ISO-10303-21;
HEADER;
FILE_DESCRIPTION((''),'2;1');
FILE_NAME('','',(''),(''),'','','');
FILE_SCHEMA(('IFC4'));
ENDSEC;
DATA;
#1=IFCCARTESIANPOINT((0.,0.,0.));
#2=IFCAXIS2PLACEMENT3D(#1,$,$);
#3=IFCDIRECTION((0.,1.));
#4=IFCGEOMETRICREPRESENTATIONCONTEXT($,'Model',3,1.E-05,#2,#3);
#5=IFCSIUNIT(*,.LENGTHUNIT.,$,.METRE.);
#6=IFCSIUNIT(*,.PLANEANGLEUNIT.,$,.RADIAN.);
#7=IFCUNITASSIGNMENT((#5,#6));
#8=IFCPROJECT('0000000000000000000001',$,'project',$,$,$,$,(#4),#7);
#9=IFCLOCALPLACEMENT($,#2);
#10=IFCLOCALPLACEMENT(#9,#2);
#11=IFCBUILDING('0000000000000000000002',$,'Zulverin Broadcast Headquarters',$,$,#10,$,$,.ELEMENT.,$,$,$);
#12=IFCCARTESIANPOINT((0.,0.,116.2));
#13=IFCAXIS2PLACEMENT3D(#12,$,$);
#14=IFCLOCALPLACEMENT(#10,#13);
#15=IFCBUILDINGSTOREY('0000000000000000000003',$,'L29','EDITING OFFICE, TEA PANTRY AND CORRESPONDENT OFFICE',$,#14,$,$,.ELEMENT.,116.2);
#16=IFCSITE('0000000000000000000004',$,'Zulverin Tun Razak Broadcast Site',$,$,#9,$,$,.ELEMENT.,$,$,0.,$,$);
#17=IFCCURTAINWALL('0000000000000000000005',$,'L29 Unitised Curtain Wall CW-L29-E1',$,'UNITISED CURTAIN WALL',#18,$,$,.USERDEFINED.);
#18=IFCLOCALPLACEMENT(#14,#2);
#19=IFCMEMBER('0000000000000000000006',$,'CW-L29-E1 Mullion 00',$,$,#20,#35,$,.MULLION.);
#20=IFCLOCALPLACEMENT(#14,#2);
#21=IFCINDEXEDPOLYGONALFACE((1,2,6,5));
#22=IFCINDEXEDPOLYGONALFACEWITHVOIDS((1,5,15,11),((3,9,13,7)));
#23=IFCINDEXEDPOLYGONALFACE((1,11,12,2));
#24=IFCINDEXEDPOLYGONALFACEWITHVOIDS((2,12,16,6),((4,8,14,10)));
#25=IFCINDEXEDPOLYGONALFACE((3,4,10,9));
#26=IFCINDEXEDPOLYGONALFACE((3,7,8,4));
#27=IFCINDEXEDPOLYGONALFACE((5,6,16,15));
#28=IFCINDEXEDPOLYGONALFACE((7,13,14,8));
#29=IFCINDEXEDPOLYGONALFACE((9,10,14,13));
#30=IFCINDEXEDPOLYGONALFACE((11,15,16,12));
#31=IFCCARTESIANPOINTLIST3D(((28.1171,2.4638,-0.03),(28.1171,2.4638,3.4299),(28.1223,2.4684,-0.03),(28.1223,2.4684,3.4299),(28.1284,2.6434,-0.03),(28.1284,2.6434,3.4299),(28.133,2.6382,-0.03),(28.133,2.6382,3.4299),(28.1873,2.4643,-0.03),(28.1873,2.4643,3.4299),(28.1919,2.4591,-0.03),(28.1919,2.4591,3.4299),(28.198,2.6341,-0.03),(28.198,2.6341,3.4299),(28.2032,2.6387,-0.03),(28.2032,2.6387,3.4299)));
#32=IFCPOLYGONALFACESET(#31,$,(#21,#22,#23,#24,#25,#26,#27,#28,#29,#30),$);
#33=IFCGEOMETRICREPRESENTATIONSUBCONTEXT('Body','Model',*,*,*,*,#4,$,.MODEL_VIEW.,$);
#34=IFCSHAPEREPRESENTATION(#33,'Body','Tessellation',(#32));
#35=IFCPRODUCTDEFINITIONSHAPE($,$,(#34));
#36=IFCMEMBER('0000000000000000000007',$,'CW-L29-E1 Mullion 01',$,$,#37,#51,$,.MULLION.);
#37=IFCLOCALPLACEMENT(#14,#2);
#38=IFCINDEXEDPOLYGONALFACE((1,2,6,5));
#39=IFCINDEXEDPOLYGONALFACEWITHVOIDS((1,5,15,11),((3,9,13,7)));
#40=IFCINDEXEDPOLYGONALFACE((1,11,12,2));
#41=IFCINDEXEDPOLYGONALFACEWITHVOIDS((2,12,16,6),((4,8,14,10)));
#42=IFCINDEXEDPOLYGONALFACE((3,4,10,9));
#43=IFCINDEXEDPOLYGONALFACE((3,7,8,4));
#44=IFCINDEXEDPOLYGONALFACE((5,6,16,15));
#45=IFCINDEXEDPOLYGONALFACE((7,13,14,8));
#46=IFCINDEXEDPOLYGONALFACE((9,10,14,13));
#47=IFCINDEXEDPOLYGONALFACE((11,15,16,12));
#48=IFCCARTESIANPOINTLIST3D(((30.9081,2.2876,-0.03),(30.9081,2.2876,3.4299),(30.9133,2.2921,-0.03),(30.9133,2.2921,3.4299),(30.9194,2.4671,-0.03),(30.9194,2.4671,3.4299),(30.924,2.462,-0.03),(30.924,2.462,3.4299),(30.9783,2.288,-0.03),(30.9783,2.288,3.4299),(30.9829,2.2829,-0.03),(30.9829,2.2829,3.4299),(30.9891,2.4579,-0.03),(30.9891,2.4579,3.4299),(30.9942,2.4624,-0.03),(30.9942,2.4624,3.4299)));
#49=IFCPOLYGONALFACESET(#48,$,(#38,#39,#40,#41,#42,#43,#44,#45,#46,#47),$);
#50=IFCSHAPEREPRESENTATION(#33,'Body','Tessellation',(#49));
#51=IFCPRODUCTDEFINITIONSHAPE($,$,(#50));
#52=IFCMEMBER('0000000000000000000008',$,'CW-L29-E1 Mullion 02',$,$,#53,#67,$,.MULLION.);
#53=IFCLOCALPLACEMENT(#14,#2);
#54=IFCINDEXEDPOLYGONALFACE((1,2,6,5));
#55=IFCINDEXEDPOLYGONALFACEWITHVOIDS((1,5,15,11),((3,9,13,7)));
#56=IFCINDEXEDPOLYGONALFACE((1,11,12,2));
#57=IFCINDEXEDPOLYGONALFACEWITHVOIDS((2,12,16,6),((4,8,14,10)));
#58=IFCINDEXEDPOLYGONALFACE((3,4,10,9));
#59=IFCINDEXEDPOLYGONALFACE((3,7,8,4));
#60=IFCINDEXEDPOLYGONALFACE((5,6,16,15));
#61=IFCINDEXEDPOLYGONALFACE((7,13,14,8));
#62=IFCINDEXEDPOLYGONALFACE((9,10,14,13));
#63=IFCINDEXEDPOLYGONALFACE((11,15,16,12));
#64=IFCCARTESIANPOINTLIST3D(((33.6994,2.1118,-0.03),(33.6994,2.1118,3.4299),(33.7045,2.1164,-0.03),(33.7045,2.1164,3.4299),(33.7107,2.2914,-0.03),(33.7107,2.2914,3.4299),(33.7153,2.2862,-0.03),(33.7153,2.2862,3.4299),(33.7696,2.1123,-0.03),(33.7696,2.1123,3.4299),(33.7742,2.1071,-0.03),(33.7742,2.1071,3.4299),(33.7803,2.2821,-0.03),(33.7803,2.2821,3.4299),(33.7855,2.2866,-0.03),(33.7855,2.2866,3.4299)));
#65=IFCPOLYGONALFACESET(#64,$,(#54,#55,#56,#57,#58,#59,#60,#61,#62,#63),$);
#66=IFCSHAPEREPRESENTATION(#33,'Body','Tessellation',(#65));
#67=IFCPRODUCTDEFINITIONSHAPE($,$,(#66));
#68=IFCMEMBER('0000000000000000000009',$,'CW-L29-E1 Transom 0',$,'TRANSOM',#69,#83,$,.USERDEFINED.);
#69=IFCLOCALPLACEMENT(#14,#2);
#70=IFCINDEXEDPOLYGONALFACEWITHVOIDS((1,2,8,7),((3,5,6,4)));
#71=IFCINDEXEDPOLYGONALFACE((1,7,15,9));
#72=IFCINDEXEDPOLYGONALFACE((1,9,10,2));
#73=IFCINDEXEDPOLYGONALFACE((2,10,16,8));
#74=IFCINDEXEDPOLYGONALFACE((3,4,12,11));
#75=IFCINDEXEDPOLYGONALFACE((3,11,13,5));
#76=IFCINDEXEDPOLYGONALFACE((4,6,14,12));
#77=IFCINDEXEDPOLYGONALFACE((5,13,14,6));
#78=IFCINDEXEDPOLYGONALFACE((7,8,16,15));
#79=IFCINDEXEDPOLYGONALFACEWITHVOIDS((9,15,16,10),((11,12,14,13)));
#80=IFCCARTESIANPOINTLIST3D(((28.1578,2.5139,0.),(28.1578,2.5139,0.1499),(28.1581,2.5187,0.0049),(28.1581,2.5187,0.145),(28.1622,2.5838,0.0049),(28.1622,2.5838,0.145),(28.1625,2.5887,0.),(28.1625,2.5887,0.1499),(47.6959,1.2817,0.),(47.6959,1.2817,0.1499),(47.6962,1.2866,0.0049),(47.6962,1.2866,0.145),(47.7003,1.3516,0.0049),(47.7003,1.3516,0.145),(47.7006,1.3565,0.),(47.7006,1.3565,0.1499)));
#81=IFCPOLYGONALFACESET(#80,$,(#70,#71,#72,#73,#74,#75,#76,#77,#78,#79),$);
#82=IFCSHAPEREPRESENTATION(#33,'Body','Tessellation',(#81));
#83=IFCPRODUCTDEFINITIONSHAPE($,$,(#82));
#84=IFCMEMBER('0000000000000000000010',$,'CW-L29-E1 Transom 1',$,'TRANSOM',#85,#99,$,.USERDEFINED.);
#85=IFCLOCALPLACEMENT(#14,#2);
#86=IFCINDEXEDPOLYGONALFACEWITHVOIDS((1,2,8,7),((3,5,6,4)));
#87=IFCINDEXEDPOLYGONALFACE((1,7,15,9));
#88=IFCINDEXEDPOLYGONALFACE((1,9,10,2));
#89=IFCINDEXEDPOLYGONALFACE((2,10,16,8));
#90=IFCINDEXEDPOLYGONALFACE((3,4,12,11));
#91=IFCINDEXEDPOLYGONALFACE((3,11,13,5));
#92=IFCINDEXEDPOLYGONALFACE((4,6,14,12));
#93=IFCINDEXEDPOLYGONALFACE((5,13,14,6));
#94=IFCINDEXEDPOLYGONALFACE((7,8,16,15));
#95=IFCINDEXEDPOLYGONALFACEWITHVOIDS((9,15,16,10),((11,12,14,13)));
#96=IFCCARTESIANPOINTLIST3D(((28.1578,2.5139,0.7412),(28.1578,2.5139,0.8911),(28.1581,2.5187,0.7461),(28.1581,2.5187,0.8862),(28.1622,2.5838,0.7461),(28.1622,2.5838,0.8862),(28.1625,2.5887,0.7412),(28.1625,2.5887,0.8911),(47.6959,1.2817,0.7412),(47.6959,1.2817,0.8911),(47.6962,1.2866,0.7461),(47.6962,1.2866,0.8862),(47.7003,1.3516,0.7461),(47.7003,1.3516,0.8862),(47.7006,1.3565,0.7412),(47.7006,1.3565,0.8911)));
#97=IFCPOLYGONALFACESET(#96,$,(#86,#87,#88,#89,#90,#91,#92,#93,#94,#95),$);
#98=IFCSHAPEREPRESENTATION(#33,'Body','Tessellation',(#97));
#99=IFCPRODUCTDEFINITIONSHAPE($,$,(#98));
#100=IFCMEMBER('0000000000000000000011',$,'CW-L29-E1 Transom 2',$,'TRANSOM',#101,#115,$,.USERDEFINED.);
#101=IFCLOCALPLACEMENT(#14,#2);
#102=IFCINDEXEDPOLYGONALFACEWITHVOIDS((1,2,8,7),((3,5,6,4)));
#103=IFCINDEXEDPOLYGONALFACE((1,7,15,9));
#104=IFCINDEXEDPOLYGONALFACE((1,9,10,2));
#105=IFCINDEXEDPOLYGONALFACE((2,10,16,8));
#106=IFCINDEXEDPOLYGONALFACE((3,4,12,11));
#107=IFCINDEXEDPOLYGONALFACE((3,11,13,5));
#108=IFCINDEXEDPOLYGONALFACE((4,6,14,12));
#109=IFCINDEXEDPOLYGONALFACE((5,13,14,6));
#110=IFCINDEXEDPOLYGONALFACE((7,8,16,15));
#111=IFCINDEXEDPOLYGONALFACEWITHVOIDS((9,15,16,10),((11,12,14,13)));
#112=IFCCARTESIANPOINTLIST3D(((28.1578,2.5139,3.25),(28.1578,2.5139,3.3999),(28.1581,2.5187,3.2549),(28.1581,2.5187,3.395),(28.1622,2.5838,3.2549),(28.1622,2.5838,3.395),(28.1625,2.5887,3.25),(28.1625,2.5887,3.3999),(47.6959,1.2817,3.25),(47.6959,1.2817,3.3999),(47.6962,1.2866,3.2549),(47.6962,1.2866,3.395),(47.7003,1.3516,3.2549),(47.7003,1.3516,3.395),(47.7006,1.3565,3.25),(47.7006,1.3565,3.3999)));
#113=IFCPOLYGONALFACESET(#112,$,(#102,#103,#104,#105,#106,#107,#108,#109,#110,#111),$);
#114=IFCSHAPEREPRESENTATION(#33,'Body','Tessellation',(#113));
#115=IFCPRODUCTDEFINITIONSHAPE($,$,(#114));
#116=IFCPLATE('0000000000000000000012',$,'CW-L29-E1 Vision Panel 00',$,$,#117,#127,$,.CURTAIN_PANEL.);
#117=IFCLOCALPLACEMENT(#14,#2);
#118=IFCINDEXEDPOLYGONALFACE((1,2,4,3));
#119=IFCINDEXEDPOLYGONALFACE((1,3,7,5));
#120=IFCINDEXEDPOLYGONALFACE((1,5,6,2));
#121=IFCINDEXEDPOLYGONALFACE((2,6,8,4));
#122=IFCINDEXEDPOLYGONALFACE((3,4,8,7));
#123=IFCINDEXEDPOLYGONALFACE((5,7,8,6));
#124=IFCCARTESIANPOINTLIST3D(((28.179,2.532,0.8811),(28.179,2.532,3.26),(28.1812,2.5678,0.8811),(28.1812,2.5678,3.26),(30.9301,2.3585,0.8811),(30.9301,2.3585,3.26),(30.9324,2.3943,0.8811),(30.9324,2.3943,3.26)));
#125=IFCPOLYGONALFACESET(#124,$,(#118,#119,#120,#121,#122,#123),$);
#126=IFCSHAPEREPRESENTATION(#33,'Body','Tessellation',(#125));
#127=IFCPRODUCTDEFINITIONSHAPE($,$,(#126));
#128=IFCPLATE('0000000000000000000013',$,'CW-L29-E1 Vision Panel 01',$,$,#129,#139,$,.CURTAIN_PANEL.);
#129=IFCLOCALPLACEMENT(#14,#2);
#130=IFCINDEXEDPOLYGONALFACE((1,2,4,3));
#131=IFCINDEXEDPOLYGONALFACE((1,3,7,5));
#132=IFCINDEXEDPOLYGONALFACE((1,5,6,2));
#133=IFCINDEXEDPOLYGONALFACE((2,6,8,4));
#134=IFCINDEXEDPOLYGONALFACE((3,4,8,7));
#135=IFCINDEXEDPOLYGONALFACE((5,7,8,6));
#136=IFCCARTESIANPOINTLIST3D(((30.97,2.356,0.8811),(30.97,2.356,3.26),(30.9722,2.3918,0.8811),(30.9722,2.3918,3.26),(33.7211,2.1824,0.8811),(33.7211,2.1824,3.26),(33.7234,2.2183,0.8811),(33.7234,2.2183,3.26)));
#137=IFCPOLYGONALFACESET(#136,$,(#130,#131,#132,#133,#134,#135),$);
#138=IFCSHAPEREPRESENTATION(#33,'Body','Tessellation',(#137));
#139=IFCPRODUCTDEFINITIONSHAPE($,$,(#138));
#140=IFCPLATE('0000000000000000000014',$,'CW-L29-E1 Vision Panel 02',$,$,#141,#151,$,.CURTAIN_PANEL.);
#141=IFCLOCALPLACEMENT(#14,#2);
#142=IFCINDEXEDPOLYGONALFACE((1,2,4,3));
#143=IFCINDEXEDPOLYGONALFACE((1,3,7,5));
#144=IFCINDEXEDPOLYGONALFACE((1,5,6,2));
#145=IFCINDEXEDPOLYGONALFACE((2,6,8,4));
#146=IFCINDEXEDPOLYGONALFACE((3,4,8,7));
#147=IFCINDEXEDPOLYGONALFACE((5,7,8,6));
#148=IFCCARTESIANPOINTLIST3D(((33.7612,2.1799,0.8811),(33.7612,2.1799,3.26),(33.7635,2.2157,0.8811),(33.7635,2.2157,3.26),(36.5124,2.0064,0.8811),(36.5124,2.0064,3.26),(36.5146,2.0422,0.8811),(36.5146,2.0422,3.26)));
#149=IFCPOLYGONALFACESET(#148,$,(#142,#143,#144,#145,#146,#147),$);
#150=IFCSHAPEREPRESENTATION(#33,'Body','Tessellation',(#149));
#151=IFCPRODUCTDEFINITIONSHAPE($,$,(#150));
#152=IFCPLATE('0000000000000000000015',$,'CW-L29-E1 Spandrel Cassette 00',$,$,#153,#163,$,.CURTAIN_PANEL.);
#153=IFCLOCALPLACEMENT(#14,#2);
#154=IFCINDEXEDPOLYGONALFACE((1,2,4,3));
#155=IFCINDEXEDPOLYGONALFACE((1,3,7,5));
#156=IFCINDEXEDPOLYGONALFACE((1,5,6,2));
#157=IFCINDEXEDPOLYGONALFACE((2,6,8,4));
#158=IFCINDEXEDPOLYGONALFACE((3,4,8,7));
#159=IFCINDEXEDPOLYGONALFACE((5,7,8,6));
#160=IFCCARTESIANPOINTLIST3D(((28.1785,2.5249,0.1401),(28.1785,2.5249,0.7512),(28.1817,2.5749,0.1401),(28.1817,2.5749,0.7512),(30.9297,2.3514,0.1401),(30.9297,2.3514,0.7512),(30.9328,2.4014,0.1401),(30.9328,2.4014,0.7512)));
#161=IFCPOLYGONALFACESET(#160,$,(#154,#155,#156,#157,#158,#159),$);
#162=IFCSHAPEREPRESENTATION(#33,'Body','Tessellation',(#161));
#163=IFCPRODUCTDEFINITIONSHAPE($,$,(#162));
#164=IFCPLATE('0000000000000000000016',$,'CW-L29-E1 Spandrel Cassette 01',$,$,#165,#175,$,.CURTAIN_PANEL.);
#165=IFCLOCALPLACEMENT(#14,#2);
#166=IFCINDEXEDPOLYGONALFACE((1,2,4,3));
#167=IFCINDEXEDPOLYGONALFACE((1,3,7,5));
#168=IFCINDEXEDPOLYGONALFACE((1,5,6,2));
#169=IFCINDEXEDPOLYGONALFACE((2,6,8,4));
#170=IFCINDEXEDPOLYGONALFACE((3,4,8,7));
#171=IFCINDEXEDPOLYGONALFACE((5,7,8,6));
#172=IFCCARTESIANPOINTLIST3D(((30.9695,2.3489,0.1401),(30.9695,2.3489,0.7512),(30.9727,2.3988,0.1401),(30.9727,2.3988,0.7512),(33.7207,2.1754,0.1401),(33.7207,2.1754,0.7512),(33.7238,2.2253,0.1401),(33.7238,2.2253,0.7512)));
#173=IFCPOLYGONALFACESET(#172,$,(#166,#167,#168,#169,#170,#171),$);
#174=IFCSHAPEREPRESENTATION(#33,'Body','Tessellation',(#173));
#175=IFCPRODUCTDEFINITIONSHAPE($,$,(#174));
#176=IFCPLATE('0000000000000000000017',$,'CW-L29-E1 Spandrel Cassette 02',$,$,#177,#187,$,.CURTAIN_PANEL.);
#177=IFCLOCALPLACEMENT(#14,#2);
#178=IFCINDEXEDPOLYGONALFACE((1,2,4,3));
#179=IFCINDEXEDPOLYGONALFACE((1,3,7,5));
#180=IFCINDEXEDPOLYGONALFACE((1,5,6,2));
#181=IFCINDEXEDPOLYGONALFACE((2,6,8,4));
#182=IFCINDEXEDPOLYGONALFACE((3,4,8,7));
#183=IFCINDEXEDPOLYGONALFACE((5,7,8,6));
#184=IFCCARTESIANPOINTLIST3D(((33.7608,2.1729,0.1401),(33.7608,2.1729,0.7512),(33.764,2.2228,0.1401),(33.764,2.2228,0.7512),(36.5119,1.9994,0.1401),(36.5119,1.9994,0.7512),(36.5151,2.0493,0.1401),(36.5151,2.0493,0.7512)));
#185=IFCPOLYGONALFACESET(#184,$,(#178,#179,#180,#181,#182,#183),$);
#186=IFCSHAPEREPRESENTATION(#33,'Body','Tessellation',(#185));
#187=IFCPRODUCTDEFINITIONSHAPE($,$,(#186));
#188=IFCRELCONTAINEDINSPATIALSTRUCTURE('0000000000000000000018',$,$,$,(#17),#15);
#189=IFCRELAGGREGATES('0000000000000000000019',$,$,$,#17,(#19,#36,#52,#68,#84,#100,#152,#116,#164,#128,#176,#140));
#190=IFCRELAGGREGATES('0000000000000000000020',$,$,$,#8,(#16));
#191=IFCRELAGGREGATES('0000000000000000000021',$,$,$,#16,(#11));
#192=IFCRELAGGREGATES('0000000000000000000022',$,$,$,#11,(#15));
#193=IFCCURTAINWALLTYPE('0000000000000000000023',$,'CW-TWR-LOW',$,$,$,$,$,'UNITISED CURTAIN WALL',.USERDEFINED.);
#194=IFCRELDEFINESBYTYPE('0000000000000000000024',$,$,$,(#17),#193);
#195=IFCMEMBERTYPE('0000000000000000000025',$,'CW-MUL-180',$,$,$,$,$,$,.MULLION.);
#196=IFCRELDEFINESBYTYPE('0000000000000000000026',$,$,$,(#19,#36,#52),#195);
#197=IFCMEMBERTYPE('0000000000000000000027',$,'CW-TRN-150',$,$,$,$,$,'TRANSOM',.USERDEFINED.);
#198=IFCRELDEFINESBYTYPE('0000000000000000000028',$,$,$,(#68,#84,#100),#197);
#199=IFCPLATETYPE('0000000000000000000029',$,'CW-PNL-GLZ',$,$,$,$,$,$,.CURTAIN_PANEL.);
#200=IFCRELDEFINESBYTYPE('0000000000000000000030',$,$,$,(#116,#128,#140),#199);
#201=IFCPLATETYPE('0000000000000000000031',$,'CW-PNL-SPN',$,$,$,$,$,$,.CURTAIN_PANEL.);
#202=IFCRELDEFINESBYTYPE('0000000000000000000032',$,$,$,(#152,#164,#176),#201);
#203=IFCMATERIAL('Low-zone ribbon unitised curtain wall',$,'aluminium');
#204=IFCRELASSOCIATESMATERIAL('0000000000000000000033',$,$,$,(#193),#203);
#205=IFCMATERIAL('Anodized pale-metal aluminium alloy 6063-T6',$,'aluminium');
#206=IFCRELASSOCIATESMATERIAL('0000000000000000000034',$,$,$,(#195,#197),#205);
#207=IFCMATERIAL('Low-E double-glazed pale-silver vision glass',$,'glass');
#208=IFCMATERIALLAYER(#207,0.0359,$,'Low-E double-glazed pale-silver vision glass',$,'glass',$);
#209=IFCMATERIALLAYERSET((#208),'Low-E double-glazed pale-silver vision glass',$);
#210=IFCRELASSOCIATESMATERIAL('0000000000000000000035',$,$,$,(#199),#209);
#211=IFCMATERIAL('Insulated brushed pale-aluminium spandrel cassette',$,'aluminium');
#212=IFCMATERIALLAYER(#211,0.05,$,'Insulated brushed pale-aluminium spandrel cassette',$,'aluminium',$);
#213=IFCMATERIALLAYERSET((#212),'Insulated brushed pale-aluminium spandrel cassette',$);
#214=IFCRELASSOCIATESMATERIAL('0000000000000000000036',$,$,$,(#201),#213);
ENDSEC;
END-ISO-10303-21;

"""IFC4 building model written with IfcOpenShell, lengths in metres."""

from ifc_helpers import new_model, si_unit, direction, frame, origin, origin_2d, place, context, subcontext, project, spatial, rectangle, hollow_rectangle, extrude, material, layer, layer_set, material_profile, profile_set, type_object, element, aggregate, save


model = new_model("IFC4")

# Units and contexts
model_context = context("Model", 3, precision=1e-05, world=origin(), true_north=direction((0.0, 1.0)))
body_context = subcontext(model_context, "Body", "Model", "MODEL_VIEW")
ifc_project = project(units=[si_unit("LENGTHUNIT", "METRE"), si_unit("PLANEANGLEUNIT", "RADIAN")], contexts=[model_context])

# Site, building, storey
site_placement = place(None, origin())
site = spatial("IfcSite", under=ifc_project, at=site_placement, Name="Zulverin Tun Razak Broadcast Site", CompositionType="ELEMENT", RefElevation=0.0)
building_placement = place(site_placement, origin())
building = spatial("IfcBuilding", under=site, at=building_placement, Name="Zulverin Broadcast Headquarters", CompositionType="ELEMENT")
storey_placement = place(building_placement, frame((0.0, 0.0, 116.2)))
storey = spatial("IfcBuildingStorey", under=building, at=storey_placement, Name="L29", Description="EDITING OFFICE, TEA PANTRY AND CORRESPONDENT OFFICE", CompositionType="ELEMENT", Elevation=116.2)

# Curtain wall, members, plates
ifc_material_1 = material(Name="Low-zone ribbon unitised curtain wall", Category="aluminium")
curtain_wall_type = type_object("IfcCurtainWallType", Name="CW-TWR-LOW", ElementType="UNITISED CURTAIN WALL", PredefinedType="USERDEFINED", material=ifc_material_1)
curtain_wall_placement = place(storey_placement, origin())
curtain_wall = element("IfcCurtainWall", 1, at=curtain_wall_placement, inside=storey, type_object=curtain_wall_type, Name="L29 Unitised Curtain Wall CW-L29-E1", ObjectType="UNITISED CURTAIN WALL", PredefinedType="USERDEFINED")
ifc_material_2 = material(Name="Anodized pale-metal aluminium alloy 6063-T6", Category="aluminium")
ifc_material_profile_1 = material_profile(ifc_material_2, hollow_rectangle(XDim=0.075, YDim=0.1799, WallThickness=0.0049, at=origin_2d()), Name="Anodized pale-metal aluminium alloy 6063-T6", Category="aluminium")
ifc_profile_set_1 = profile_set([ifc_material_profile_1], Name="Anodized pale-metal aluminium alloy 6063-T6")
member_type_1 = type_object("IfcMemberType", Name="CW-MUL-180", PredefinedType="MULLION", material=ifc_profile_set_1)
member_1_placement = place(storey_placement, frame((28.1602, 2.5513, -0.03), z_axis=(0.0, 0.0, 1.0), x_axis=(0.998017, -0.062942, 0.0)))
member_1 = element("IfcMember", 2, at=member_1_placement, type_object=member_type_1, Name="CW-L29-E1 Mullion 00", PredefinedType="MULLION", context=body_context, shape_type="SweptSolid", body=[
    extrude(hollow_rectangle(XDim=0.075, YDim=0.1799, WallThickness=0.0049, at=origin_2d()), origin(), (0.0, 0.0, 1.0), 3.46),
])
member_2_placement = place(storey_placement, frame((30.9512, 2.375, -0.03), z_axis=(0.0, 0.0, 1.0), x_axis=(0.998017, -0.062942, 0.0)))
member_2 = element("IfcMember", 3, at=member_2_placement, type_object=member_type_1, Name="CW-L29-E1 Mullion 01", PredefinedType="MULLION", context=body_context, shape_type="SweptSolid", body=[
    extrude(hollow_rectangle(XDim=0.075, YDim=0.1799, WallThickness=0.0049, at=origin_2d()), origin(), (0.0, 0.0, 1.0), 3.46),
])
member_3_placement = place(storey_placement, frame((33.7424, 2.1992, -0.03), z_axis=(0.0, 0.0, 1.0), x_axis=(0.998017, -0.062942, 0.0)))
member_3 = element("IfcMember", 4, at=member_3_placement, type_object=member_type_1, Name="CW-L29-E1 Mullion 02", PredefinedType="MULLION", context=body_context, shape_type="SweptSolid", body=[
    extrude(hollow_rectangle(XDim=0.075, YDim=0.1799, WallThickness=0.0049, at=origin_2d()), origin(), (0.0, 0.0, 1.0), 3.46),
])
ifc_material_profile_2 = material_profile(ifc_material_2, hollow_rectangle(XDim=0.075, YDim=0.1499, WallThickness=0.0049, at=origin_2d()), Name="Anodized pale-metal aluminium alloy 6063-T6", Category="aluminium")
ifc_profile_set_2 = profile_set([ifc_material_profile_2], Name="Anodized pale-metal aluminium alloy 6063-T6")
member_type_2 = type_object("IfcMemberType", Name="CW-TRN-150", ElementType="TRANSOM", PredefinedType="USERDEFINED", material=ifc_profile_set_2)
member_4_placement = place(storey_placement, frame((28.1602, 2.5513, 0.075), z_axis=(0.998017, -0.06294, 0.0), x_axis=(0.06294, 0.998017, 0.0)))
member_4 = element("IfcMember", 5, at=member_4_placement, type_object=member_type_2, Name="CW-L29-E1 Transom 0", ObjectType="TRANSOM", PredefinedType="USERDEFINED", context=body_context, shape_type="SweptSolid", body=[
    extrude(hollow_rectangle(XDim=0.075, YDim=0.1499, WallThickness=0.0049, at=origin_2d()), origin(), (0.0, 0.0, 1.0), 19.5769),
])
member_5_placement = place(storey_placement, frame((28.1602, 2.5513, 0.8162), z_axis=(0.998017, -0.06294, 0.0), x_axis=(0.06294, 0.998017, 0.0)))
member_5 = element("IfcMember", 6, at=member_5_placement, type_object=member_type_2, Name="CW-L29-E1 Transom 1", ObjectType="TRANSOM", PredefinedType="USERDEFINED", context=body_context, shape_type="SweptSolid", body=[
    extrude(hollow_rectangle(XDim=0.075, YDim=0.1499, WallThickness=0.0049, at=origin_2d()), origin(), (0.0, 0.0, 1.0), 19.5769),
])
member_6_placement = place(storey_placement, frame((28.1602, 2.5513, 3.325), z_axis=(0.998017, -0.06294, 0.0), x_axis=(0.06294, 0.998017, 0.0)))
member_6 = element("IfcMember", 7, at=member_6_placement, type_object=member_type_2, Name="CW-L29-E1 Transom 2", ObjectType="TRANSOM", PredefinedType="USERDEFINED", context=body_context, shape_type="SweptSolid", body=[
    extrude(hollow_rectangle(XDim=0.075, YDim=0.1499, WallThickness=0.0049, at=origin_2d()), origin(), (0.0, 0.0, 1.0), 19.5769),
])
ifc_material_3 = material(Name="Low-E double-glazed pale-silver vision glass", Category="glass")
ifc_layer_1 = layer(ifc_material_3, 0.0359, Name="Low-E double-glazed pale-silver vision glass", Category="glass")
ifc_layer_set_1 = layer_set([ifc_layer_1], Name="Low-E double-glazed pale-silver vision glass")
plate_type_1 = type_object("IfcPlateType", Name="CW-PNL-GLZ", PredefinedType="CURTAIN_PANEL", material=ifc_layer_set_1)
plate_1_placement = place(storey_placement, frame((29.5557, 2.4631, 0.8811), z_axis=(0.0, 0.0, 1.0), x_axis=(0.998017, -0.062942, 0.0)))
plate_1 = element("IfcPlate", 8, at=plate_1_placement, type_object=plate_type_1, Name="CW-L29-E1 Vision Panel 00", PredefinedType="CURTAIN_PANEL", context=body_context, shape_type="SweptSolid", body=[
    extrude(rectangle(XDim=2.7566, YDim=0.0359, at=origin_2d()), origin(), (0.0, 0.0, 1.0), 2.3789),
])
plate_2_placement = place(storey_placement, frame((32.3467, 2.2871, 0.8811), z_axis=(0.0, 0.0, 1.0), x_axis=(0.998017, -0.062942, 0.0)))
plate_2 = element("IfcPlate", 9, at=plate_2_placement, type_object=plate_type_1, Name="CW-L29-E1 Vision Panel 01", PredefinedType="CURTAIN_PANEL", context=body_context, shape_type="SweptSolid", body=[
    extrude(rectangle(XDim=2.7566, YDim=0.0359, at=origin_2d()), origin(), (0.0, 0.0, 1.0), 2.3789),
])
plate_3_placement = place(storey_placement, frame((35.1379, 2.1111, 0.8811), z_axis=(0.0, 0.0, 1.0), x_axis=(0.998017, -0.062942, 0.0)))
plate_3 = element("IfcPlate", 10, at=plate_3_placement, type_object=plate_type_1, Name="CW-L29-E1 Vision Panel 02", PredefinedType="CURTAIN_PANEL", context=body_context, shape_type="SweptSolid", body=[
    extrude(rectangle(XDim=2.7566, YDim=0.0359, at=origin_2d()), origin(), (0.0, 0.0, 1.0), 2.3789),
])
ifc_material_4 = material(Name="Insulated brushed pale-aluminium spandrel cassette", Category="aluminium")
ifc_layer_2 = layer(ifc_material_4, 0.05, Name="Insulated brushed pale-aluminium spandrel cassette", Category="aluminium")
ifc_layer_set_2 = layer_set([ifc_layer_2], Name="Insulated brushed pale-aluminium spandrel cassette")
plate_type_2 = type_object("IfcPlateType", Name="CW-PNL-SPN", PredefinedType="CURTAIN_PANEL", material=ifc_layer_set_2)
plate_4_placement = place(storey_placement, frame((29.5557, 2.4631, 0.1401), z_axis=(0.0, 0.0, 1.0), x_axis=(0.998017, -0.062942, 0.0)))
plate_4 = element("IfcPlate", 11, at=plate_4_placement, type_object=plate_type_2, Name="CW-L29-E1 Spandrel Cassette 00", PredefinedType="CURTAIN_PANEL", context=body_context, shape_type="SweptSolid", body=[
    extrude(rectangle(XDim=2.7566, YDim=0.05, at=origin_2d()), origin(), (0.0, 0.0, 1.0), 0.6111),
])
plate_5_placement = place(storey_placement, frame((32.3467, 2.2871, 0.1401), z_axis=(0.0, 0.0, 1.0), x_axis=(0.998017, -0.062942, 0.0)))
plate_5 = element("IfcPlate", 12, at=plate_5_placement, type_object=plate_type_2, Name="CW-L29-E1 Spandrel Cassette 01", PredefinedType="CURTAIN_PANEL", context=body_context, shape_type="SweptSolid", body=[
    extrude(rectangle(XDim=2.7566, YDim=0.05, at=origin_2d()), origin(), (0.0, 0.0, 1.0), 0.6111),
])
plate_6_placement = place(storey_placement, frame((35.1379, 2.1111, 0.1401), z_axis=(0.0, 0.0, 1.0), x_axis=(0.998017, -0.062942, 0.0)))
plate_6 = element("IfcPlate", 13, at=plate_6_placement, type_object=plate_type_2, Name="CW-L29-E1 Spandrel Cassette 02", PredefinedType="CURTAIN_PANEL", context=body_context, shape_type="SweptSolid", body=[
    extrude(rectangle(XDim=2.7566, YDim=0.05, at=origin_2d()), origin(), (0.0, 0.0, 1.0), 0.6111),
])
aggregate(curtain_wall, [member_1, member_2, member_3, member_4, member_5, member_6, plate_4, plate_1, plate_5, plate_2, plate_6, plate_3])

save(model, "model.ifc")
